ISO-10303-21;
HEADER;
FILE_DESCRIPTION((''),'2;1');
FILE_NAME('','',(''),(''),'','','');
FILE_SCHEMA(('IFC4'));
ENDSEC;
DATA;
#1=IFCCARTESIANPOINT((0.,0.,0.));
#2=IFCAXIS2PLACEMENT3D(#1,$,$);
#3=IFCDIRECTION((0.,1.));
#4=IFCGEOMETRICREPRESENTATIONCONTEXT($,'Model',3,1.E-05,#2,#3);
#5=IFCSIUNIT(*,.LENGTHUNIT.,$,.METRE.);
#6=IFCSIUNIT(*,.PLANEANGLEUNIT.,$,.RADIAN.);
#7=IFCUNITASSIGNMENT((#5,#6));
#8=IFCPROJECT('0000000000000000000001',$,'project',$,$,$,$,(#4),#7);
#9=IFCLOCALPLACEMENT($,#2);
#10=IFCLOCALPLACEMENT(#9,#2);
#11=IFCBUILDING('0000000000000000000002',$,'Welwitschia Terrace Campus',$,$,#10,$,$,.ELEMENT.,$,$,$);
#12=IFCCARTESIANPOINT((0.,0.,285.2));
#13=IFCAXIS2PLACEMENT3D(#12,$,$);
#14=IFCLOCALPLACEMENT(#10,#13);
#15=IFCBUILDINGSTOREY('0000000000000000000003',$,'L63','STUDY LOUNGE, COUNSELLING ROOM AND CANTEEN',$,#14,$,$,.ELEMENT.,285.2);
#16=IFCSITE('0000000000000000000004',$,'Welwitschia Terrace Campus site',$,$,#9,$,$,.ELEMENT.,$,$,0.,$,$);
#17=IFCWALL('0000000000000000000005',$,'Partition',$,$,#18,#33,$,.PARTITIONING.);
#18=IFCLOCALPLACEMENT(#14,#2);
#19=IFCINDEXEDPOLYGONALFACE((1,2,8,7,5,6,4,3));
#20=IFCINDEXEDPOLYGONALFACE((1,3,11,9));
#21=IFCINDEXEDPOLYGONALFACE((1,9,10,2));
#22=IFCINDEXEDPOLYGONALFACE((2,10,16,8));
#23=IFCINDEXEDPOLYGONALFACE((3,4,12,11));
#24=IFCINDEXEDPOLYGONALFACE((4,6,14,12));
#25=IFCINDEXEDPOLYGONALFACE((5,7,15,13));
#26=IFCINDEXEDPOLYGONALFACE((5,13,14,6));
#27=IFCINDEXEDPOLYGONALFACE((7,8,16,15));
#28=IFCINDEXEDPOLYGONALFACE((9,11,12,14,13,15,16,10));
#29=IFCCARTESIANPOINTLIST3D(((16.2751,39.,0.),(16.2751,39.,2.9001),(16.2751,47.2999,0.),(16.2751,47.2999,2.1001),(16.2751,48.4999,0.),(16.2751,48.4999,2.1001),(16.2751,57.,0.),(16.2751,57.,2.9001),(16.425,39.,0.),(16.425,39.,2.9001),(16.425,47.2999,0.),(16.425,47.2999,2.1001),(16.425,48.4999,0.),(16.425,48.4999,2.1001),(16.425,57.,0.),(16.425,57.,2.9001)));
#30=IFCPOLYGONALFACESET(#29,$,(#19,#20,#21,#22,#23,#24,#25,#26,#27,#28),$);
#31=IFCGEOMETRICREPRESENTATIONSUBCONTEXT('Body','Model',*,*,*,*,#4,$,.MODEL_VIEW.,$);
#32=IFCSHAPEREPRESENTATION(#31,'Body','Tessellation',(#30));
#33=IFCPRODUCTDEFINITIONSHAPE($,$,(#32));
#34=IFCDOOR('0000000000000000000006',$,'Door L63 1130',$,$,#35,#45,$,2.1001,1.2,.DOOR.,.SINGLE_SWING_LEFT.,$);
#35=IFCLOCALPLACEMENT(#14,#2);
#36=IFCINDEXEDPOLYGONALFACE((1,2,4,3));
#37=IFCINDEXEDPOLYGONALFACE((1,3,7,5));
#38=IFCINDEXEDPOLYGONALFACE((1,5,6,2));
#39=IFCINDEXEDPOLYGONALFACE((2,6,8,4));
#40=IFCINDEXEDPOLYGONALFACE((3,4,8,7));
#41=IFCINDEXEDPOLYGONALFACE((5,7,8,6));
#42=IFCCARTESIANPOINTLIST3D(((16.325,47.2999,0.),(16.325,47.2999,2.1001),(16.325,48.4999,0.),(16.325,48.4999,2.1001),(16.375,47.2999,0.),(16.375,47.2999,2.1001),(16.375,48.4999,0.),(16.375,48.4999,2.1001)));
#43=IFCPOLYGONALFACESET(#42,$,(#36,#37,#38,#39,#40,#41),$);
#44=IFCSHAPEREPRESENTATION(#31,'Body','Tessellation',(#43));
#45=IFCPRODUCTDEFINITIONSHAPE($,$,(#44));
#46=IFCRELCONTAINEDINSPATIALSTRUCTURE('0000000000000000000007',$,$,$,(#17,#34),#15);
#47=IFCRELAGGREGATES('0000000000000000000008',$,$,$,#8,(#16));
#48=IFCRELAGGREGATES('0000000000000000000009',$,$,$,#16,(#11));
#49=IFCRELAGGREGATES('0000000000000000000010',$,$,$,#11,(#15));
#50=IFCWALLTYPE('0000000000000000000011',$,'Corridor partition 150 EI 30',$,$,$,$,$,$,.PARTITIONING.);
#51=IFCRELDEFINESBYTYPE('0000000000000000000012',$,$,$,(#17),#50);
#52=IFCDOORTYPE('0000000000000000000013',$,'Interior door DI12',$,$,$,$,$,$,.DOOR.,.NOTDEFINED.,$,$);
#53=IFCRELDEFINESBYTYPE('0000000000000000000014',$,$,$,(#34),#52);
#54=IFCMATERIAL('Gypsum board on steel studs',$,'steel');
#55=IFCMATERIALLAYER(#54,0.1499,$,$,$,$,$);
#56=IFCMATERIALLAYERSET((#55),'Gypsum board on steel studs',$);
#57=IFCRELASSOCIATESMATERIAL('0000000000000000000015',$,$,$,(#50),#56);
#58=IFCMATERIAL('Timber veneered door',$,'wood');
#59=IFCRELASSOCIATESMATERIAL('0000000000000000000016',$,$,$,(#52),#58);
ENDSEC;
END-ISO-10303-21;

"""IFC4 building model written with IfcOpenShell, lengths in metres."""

from ifc_helpers import new_model, si_unit, direction, frame, frame_2d, origin, place, context, subcontext, project, spatial, rectangle, extrude, material, layer, layer_set, type_object, element, fill, save


model = new_model("IFC4")

# Units and contexts
model_context = context("Model", 3, precision=1e-05, world=origin(), true_north=direction((0.0, 1.0)))
body_context = subcontext(model_context, "Body", "Model", "MODEL_VIEW")
ifc_project = project(units=[si_unit("LENGTHUNIT", "METRE"), si_unit("PLANEANGLEUNIT", "RADIAN")], contexts=[model_context])

# Site, building, storey
site_placement = place(None, origin())
site = spatial("IfcSite", under=ifc_project, at=site_placement, Name="Welwitschia Terrace Campus site", CompositionType="ELEMENT", RefElevation=0.0)
building_placement = place(site_placement, origin())
building = spatial("IfcBuilding", under=site, at=building_placement, Name="Welwitschia Terrace Campus", CompositionType="ELEMENT")
storey_placement = place(building_placement, frame((0.0, 0.0, 285.2)))
storey = spatial("IfcBuildingStorey", under=building, at=storey_placement, Name="L63", Description="STUDY LOUNGE, COUNSELLING ROOM AND CANTEEN", CompositionType="ELEMENT", Elevation=285.2)

# Wall, opening, door
ifc_material_1 = material(Name="Gypsum board on steel studs", Category="steel")
ifc_layer_1 = layer(ifc_material_1, 0.1499)
ifc_layer_set_1 = layer_set([ifc_layer_1], Name="Gypsum board on steel studs")
wall_type = type_object("IfcWallType", Name="Corridor partition 150 EI 30", PredefinedType="PARTITIONING", material=ifc_layer_set_1)
ifc_material_2 = material(Name="Timber veneered door", Category="wood")
door_type_1 = type_object("IfcDoorType", Name="Interior door DI12", OperationType="NOTDEFINED", PredefinedType="DOOR", material=ifc_material_2)
wall_1_placement = place(storey_placement, frame((16.3501, 57.0, 0.0), z_axis=(0.0, 0.0, 1.0), x_axis=(0.0, -1.0, 0.0)))
wall_1 = element("IfcWall", 1, at=wall_1_placement, inside=storey, type_object=wall_type, Name="Partition", PredefinedType="PARTITIONING", context=body_context, shape_type="SweptSolid", body=[
    extrude(rectangle(XDim=18.0, YDim=0.1499, at=frame_2d((9.0, 0.0))), origin(), (0.0, 0.0, 1.0), 2.9001),
])
opening_1_placement = place(wall_1_placement, frame((8.5, 0.0, 0.0)))
opening_1 = element("IfcOpeningElement", 2, at=opening_1_placement, cuts=wall_1, PredefinedType="OPENING", context=body_context, shape_type="SweptSolid", body=[
    extrude(rectangle(XDim=1.2, YDim=2.1001, at=frame_2d((0.6001, 1.05))), frame((0.0, 0.085, 0.0), z_axis=(0.0, -1.0, 0.0), x_axis=(1.0, 0.0, 0.0)), (0.0, 0.0, 1.0), 0.1699),
])
door_1_placement = place(opening_1_placement, origin())
door_1 = element("IfcDoor", 3, at=door_1_placement, inside=storey, type_object=door_type_1, Name="Door L63 1130", OperationType="SINGLE_SWING_LEFT", OverallHeight=2.1001, OverallWidth=1.2, PredefinedType="DOOR", context=body_context, shape_type="SweptSolid", body=[
    extrude(rectangle(XDim=1.2, YDim=2.1001, at=frame_2d((0.6001, 1.05))), frame((0.0, 0.0249, 0.0), z_axis=(0.0, -1.0, 0.0), x_axis=(1.0, 0.0, 0.0)), (0.0, 0.0, 1.0), 0.05),
])
fill(opening_1, door_1)

save(model, "model.ifc")
